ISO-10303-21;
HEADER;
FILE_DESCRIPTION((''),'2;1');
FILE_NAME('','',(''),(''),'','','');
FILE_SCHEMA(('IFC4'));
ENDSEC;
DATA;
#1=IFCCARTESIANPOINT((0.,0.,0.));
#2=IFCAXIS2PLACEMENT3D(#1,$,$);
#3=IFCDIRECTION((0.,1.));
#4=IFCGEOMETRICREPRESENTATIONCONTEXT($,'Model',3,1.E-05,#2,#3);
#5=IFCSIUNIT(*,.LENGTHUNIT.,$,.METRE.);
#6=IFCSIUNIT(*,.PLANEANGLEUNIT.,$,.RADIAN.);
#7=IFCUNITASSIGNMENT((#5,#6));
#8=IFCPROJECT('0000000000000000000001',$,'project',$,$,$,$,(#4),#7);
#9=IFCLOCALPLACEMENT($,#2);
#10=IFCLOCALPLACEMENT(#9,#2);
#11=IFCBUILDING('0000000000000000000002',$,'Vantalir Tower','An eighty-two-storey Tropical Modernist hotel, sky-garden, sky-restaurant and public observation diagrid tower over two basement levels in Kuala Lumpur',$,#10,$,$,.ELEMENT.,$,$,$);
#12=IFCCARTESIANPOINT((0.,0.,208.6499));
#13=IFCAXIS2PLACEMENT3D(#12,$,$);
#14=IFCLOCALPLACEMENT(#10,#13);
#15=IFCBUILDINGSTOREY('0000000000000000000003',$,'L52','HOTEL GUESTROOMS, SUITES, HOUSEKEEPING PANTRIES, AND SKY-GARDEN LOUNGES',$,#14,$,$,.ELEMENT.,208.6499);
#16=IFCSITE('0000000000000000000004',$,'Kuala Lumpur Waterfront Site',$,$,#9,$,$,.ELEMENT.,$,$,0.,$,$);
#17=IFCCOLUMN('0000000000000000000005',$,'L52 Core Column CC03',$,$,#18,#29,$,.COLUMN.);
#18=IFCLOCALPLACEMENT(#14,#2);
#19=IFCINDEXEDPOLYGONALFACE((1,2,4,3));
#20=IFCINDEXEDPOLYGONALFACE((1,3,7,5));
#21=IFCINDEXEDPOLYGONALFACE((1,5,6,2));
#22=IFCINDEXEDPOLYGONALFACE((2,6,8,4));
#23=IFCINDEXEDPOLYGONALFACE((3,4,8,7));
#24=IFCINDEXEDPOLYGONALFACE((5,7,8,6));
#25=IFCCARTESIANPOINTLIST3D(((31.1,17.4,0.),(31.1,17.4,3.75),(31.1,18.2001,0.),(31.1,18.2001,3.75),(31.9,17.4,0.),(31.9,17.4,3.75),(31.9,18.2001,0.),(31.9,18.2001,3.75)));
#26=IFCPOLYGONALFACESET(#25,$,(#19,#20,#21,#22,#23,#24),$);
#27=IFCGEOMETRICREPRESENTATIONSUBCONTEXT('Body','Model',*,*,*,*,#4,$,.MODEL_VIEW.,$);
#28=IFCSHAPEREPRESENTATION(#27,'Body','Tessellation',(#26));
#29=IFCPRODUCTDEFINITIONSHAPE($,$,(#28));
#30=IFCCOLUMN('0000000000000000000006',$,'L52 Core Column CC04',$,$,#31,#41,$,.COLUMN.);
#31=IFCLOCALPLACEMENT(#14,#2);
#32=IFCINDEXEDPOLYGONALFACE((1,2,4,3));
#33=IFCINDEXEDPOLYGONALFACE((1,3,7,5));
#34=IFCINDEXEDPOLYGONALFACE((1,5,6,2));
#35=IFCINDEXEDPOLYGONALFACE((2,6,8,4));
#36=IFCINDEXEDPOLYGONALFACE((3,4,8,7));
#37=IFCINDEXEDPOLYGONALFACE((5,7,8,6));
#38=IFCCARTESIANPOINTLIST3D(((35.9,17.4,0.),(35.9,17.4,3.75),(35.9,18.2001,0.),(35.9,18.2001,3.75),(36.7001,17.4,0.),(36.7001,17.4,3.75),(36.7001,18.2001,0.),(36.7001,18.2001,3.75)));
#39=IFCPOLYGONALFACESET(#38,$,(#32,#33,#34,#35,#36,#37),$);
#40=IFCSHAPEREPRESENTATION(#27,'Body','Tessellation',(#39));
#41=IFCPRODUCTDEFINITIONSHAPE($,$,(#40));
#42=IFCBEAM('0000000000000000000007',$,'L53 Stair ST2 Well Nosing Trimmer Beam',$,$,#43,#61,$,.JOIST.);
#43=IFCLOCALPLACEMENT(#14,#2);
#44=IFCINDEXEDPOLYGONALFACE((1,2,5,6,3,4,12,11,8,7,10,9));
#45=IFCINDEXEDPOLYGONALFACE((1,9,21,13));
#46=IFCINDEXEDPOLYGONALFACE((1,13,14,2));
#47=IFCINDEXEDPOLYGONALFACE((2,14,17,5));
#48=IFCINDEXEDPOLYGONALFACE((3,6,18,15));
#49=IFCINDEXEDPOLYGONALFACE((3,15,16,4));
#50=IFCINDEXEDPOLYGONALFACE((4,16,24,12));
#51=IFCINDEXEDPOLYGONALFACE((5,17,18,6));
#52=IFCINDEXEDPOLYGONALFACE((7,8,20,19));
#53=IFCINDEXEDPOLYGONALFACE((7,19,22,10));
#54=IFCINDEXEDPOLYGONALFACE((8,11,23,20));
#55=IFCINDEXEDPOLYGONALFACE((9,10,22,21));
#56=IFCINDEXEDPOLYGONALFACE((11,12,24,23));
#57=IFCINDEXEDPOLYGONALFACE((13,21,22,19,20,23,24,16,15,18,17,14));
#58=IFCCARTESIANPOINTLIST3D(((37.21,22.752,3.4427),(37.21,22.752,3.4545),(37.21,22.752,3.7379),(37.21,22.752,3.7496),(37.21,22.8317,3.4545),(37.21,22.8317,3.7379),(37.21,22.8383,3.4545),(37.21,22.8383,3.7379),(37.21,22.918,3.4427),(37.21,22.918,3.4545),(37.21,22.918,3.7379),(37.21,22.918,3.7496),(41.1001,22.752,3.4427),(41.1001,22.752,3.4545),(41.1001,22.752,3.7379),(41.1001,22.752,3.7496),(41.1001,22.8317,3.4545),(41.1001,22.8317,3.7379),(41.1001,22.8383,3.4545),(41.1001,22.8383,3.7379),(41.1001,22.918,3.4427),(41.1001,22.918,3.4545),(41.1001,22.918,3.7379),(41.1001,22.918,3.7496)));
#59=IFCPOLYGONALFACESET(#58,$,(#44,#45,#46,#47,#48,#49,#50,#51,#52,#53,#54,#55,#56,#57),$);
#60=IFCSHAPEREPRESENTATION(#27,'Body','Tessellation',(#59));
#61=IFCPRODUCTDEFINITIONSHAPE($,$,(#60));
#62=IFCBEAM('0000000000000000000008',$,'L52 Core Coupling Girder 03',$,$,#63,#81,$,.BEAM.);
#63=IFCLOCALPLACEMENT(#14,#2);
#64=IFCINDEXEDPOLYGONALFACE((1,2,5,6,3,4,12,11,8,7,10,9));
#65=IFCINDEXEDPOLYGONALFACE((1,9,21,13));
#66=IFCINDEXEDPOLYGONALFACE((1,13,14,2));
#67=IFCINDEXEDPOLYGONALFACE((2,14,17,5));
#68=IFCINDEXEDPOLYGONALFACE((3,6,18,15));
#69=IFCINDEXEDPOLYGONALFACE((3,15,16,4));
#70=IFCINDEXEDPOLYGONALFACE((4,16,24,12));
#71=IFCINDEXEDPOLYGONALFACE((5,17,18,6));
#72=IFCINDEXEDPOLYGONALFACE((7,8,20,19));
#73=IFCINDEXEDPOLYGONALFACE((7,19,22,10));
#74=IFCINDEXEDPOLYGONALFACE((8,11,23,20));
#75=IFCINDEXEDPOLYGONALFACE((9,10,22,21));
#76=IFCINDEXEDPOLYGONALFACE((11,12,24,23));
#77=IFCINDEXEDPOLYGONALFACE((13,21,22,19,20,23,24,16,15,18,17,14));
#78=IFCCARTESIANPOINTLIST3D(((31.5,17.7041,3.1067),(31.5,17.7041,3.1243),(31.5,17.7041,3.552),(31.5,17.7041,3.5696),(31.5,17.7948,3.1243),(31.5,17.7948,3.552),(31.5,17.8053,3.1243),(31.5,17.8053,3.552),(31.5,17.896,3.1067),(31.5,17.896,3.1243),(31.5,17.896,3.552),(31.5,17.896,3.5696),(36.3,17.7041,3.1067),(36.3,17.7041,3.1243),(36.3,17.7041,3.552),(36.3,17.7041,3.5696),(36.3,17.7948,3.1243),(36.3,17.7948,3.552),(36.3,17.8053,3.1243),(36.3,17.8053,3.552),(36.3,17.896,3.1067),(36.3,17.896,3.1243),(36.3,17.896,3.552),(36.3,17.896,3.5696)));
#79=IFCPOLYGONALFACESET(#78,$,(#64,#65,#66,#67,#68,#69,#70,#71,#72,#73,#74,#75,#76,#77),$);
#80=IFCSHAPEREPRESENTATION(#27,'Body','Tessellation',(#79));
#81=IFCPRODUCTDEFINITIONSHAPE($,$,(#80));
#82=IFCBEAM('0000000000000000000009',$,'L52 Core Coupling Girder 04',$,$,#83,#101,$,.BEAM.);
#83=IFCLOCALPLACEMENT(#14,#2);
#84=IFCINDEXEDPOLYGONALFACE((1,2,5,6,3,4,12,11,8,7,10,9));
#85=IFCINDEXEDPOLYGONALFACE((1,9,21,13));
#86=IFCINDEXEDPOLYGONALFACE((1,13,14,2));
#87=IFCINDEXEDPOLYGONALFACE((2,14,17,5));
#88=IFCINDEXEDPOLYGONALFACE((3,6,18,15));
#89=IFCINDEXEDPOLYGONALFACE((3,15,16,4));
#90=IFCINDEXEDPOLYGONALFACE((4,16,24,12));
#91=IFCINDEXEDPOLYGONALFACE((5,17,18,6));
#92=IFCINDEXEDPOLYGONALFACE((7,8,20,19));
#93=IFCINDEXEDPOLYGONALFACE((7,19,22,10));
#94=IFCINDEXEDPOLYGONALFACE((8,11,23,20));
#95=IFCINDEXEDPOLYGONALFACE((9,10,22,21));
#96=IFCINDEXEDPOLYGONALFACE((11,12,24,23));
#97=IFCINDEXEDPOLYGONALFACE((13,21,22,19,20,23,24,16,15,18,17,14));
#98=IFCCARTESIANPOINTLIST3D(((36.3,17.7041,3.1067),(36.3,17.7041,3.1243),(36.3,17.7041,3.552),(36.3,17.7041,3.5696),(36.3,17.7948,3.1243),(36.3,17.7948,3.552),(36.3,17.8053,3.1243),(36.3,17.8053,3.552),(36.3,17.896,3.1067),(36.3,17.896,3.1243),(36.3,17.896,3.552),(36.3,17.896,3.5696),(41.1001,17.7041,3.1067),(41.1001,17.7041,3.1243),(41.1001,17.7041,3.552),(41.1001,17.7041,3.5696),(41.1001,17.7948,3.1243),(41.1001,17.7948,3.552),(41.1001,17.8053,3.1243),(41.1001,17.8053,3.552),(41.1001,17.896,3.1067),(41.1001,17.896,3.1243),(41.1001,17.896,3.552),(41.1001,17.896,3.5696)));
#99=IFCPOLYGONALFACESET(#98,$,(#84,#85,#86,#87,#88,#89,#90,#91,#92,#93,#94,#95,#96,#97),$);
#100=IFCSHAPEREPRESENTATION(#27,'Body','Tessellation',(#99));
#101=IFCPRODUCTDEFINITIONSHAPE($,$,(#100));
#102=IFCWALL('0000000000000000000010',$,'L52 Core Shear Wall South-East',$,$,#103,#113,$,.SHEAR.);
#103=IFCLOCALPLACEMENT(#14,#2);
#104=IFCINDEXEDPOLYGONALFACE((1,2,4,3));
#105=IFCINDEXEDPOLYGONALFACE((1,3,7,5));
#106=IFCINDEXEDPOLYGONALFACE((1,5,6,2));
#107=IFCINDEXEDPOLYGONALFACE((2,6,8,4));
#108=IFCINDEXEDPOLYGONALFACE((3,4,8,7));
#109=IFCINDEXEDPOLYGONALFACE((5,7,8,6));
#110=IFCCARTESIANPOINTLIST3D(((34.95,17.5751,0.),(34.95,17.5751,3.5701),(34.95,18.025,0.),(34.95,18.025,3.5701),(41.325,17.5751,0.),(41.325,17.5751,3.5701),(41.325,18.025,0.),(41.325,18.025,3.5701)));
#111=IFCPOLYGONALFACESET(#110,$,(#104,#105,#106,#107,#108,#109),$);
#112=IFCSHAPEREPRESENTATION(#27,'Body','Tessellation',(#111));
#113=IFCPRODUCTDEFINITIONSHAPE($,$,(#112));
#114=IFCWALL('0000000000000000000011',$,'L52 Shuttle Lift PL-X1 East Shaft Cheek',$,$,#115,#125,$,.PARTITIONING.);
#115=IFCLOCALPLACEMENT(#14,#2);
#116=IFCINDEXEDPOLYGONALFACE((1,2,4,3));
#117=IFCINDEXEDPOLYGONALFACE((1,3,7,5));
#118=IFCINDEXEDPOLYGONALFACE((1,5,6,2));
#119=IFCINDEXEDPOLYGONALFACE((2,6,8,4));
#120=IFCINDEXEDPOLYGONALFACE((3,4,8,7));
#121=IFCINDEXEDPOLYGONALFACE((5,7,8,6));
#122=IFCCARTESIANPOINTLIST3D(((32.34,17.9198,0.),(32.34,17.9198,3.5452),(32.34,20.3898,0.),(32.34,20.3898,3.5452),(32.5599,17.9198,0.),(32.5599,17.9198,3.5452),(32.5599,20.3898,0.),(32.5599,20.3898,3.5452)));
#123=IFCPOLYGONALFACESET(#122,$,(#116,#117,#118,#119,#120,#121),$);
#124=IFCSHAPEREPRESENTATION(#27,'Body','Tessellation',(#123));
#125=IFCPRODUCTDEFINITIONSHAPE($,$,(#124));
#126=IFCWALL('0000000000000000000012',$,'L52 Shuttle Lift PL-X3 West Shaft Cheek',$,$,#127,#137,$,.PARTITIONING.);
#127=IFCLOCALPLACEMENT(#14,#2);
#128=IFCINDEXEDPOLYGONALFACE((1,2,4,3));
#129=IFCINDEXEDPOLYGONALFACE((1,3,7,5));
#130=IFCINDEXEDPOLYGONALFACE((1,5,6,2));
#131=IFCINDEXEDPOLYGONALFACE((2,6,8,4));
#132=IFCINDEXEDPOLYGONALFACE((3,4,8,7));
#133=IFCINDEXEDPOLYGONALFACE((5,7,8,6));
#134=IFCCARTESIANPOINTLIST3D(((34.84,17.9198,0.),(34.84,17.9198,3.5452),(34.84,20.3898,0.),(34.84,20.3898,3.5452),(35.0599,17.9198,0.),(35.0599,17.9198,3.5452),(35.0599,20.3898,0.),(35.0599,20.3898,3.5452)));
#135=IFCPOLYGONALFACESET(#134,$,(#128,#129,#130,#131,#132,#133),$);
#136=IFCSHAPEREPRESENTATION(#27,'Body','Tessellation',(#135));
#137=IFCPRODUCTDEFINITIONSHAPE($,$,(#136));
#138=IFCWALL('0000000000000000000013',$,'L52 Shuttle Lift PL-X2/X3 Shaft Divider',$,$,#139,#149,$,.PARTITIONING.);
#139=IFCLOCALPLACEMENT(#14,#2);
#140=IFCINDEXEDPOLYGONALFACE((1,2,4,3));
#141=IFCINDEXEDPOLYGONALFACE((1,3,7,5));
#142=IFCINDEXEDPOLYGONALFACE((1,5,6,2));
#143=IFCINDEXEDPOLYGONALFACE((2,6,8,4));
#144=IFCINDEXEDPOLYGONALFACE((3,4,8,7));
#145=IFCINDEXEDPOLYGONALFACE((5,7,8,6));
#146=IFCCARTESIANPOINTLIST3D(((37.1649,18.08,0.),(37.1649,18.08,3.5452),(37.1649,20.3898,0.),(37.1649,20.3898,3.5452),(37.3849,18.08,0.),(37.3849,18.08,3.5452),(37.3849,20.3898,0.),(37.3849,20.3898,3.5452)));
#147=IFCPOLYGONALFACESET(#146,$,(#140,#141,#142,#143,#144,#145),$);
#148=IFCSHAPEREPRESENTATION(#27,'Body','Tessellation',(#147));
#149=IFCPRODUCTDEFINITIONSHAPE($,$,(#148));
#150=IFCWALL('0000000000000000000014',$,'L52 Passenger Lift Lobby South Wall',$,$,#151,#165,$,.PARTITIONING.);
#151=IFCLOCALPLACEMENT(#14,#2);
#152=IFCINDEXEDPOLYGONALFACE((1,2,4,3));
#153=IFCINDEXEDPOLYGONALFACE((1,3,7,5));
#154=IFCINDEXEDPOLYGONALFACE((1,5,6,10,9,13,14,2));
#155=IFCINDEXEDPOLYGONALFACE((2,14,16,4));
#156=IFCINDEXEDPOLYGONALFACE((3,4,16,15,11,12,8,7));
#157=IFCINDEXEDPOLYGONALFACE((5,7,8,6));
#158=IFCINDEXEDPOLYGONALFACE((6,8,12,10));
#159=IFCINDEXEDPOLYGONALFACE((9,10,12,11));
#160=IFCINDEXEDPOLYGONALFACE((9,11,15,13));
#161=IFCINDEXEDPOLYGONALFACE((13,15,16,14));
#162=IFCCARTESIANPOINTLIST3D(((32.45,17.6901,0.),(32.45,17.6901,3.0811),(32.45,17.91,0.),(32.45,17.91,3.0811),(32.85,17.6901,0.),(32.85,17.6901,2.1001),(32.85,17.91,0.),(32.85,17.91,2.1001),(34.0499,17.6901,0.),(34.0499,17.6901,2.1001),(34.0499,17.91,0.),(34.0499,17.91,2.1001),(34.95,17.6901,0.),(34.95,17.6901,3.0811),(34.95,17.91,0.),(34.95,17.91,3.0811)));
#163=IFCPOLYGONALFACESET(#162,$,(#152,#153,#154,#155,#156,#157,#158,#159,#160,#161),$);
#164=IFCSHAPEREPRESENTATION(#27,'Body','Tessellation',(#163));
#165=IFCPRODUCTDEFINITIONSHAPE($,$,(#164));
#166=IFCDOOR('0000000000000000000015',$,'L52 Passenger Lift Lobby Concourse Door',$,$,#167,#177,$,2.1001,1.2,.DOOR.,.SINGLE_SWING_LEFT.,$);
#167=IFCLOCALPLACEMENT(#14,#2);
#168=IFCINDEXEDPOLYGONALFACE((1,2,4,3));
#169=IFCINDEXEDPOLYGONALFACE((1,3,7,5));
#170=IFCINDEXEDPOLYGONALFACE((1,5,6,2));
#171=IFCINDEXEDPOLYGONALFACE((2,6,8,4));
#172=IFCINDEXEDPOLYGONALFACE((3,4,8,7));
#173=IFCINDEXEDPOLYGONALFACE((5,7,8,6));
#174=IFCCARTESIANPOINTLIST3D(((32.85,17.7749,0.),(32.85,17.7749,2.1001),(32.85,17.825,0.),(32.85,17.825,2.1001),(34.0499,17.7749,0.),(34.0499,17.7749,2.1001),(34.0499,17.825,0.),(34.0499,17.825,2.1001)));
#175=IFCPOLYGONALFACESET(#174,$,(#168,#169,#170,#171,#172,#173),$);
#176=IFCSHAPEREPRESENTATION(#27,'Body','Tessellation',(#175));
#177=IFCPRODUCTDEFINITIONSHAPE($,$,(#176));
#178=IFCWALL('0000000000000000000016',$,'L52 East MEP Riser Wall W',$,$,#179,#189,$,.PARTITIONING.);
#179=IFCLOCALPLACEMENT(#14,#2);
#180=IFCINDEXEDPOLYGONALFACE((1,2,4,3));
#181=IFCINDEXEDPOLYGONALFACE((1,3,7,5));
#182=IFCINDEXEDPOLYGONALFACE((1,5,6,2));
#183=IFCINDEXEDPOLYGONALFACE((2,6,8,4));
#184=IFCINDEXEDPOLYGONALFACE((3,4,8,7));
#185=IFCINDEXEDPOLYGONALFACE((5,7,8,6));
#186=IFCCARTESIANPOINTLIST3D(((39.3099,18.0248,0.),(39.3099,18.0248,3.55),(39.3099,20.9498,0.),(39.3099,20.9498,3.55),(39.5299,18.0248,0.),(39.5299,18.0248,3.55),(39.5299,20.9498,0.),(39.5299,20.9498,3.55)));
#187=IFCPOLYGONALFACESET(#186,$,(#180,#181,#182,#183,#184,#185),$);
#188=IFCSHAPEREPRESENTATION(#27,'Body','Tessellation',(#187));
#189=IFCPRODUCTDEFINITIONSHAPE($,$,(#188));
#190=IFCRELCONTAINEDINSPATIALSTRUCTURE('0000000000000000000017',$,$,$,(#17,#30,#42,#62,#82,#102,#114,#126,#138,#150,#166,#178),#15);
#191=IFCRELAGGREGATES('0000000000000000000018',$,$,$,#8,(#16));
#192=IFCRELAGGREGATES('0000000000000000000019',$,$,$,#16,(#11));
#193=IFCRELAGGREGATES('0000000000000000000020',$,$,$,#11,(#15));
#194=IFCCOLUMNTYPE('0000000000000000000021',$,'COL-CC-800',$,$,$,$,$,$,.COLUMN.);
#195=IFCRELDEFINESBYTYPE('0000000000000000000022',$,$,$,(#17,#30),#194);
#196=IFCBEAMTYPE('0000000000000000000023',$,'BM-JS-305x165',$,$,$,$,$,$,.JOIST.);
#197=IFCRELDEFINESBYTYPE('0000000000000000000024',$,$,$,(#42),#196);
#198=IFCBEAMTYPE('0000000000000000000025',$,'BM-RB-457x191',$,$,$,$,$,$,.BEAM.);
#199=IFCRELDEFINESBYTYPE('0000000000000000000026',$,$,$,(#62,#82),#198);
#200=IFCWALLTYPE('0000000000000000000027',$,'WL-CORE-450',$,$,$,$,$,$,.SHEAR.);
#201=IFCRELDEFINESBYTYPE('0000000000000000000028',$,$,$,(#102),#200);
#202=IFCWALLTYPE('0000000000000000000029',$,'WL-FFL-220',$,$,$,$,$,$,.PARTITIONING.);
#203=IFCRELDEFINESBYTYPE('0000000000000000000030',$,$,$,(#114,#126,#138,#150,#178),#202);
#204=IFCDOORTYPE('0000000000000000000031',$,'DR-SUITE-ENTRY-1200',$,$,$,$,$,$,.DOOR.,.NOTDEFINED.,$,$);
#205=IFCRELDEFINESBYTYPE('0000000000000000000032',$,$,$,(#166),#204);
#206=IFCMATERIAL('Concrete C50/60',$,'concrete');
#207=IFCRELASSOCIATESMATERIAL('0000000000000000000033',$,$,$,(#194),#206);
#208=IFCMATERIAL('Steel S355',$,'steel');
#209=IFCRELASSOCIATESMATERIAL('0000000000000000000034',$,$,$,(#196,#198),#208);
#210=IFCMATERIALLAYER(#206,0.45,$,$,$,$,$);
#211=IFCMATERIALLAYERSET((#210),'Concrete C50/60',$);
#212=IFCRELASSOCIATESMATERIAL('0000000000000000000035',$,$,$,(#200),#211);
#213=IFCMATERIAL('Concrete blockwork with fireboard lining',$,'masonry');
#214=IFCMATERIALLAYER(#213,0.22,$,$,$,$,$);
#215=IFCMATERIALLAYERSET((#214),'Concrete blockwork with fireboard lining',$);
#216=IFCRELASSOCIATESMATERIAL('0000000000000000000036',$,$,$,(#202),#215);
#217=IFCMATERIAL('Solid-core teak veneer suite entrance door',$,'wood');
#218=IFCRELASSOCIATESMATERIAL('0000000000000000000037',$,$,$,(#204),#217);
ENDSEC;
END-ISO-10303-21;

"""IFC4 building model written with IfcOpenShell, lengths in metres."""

from ifc_helpers import new_model, si_unit, direction, frame, frame_2d, origin, origin_2d, place, context, subcontext, project, spatial, rectangle, i_section, extrude, material, layer, layer_set, material_profile, profile_set, type_object, element, fill, save


model = new_model("IFC4")

# Units and contexts
model_context = context("Model", 3, precision=1e-05, world=origin(), true_north=direction((0.0, 1.0)))
body_context = subcontext(model_context, "Body", "Model", "MODEL_VIEW")
ifc_project = project(units=[si_unit("LENGTHUNIT", "METRE"), si_unit("PLANEANGLEUNIT", "RADIAN")], contexts=[model_context])

# Site, building, storey
site_placement = place(None, origin())
site = spatial("IfcSite", under=ifc_project, at=site_placement, Name="Kuala Lumpur Waterfront Site", CompositionType="ELEMENT", RefElevation=0.0)
building_placement = place(site_placement, origin())
building = spatial("IfcBuilding", under=site, at=building_placement, Name="Vantalir Tower", Description="An eighty-two-storey Tropical Modernist hotel, sky-garden, sky-restaurant and public observation diagrid tower over two basement levels in Kuala Lumpur", CompositionType="ELEMENT")
storey_placement = place(building_placement, frame((0.0, 0.0, 208.6499)))
storey = spatial("IfcBuildingStorey", under=building, at=storey_placement, Name="L52", Description="HOTEL GUESTROOMS, SUITES, HOUSEKEEPING PANTRIES, AND SKY-GARDEN LOUNGES", CompositionType="ELEMENT", Elevation=208.6499)

# Columns
ifc_material_1 = material(Name="Concrete C50/60", Category="concrete")
ifc_material_profile_1 = material_profile(ifc_material_1, rectangle(XDim=0.8, YDim=0.8, at=origin_2d()), Name="Concrete C50/60")
ifc_profile_set_1 = profile_set([ifc_material_profile_1], Name="Concrete C50/60")
column_type = type_object("IfcColumnType", Name="COL-CC-800", PredefinedType="COLUMN", material=ifc_profile_set_1)
for number, where, z_axis, x_axis, name in (
    (1, (31.5, 17.8, 0.0), (0.0, 0.0, 1.0), (1.0, 0.0, 0.0), "L52 Core Column CC03"),
    (2, (36.3, 17.8, 0.0), (0.0, 0.0, 1.0), (1.0, 0.0, 0.0), "L52 Core Column CC04"),
):
    element("IfcColumn", number, at=place(storey_placement, frame(where, z_axis=z_axis, x_axis=x_axis)), inside=storey, type_object=column_type, Name=name, PredefinedType="COLUMN", context=body_context, shape_type="SweptSolid", body=[
        extrude(rectangle(XDim=0.8, YDim=0.8, at=origin_2d()), origin(), (0.0, 0.0, 1.0), 3.75),
    ])

# Beams
ifc_material_2 = material(Name="Steel S355", Category="steel")
ifc_material_profile_2 = material_profile(ifc_material_2, i_section(OverallWidth=0.166, OverallDepth=0.3069, WebThickness=0.0066, FlangeThickness=0.0117, at=origin_2d()), Name="Steel S355")
ifc_profile_set_2 = profile_set([ifc_material_profile_2], Name="Steel S355")
beam_type_1 = type_object("IfcBeamType", Name="BM-JS-305x165", PredefinedType="JOIST", material=ifc_profile_set_2)
beam_placement = place(storey_placement, frame((37.21, 22.835, 3.5962), z_axis=(1.0, 0.0, 0.0), x_axis=(0.0, 1.0, 0.0)))
element("IfcBeam", 3, at=beam_placement, inside=storey, type_object=beam_type_1, Name="L53 Stair ST2 Well Nosing Trimmer Beam", PredefinedType="JOIST", context=body_context, shape_type="SweptSolid", body=[
    extrude(i_section(OverallWidth=0.166, OverallDepth=0.3069, WebThickness=0.0066, FlangeThickness=0.0117, at=origin_2d()), origin(), (0.0, 0.0, 1.0), 3.8901),
])
ifc_material_profile_3 = material_profile(ifc_material_2, i_section(OverallWidth=0.1919, OverallDepth=0.4629, WebThickness=0.0105, FlangeThickness=0.0176, at=origin_2d()), Name="Steel S355")
ifc_profile_set_3 = profile_set([ifc_material_profile_3], Name="Steel S355")
beam_type_2 = type_object("IfcBeamType", Name="BM-RB-457x191", PredefinedType="BEAM", material=ifc_profile_set_3)
for number, where, z_axis, x_axis, name in (
    (4, (31.5, 17.8, 3.3381), (1.0, 0.0, 0.0), (0.0, 1.0, 0.0), "L52 Core Coupling Girder 03"),
    (5, (36.3, 17.8, 3.3381), (1.0, 0.0, 0.0), (0.0, 1.0, 0.0), "L52 Core Coupling Girder 04"),
):
    element("IfcBeam", number, at=place(storey_placement, frame(where, z_axis=z_axis, x_axis=x_axis)), inside=storey, type_object=beam_type_2, Name=name, PredefinedType="BEAM", context=body_context, shape_type="SweptSolid", body=[
        extrude(i_section(OverallWidth=0.1919, OverallDepth=0.4629, WebThickness=0.0105, FlangeThickness=0.0176, at=origin_2d()), origin(), (0.0, 0.0, 1.0), 4.8),
    ])

# Walls
ifc_layer_1 = layer(ifc_material_1, 0.45)
ifc_layer_set_1 = layer_set([ifc_layer_1], Name="Concrete C50/60")
wall_type_1 = type_object("IfcWallType", Name="WL-CORE-450", PredefinedType="SHEAR", material=ifc_layer_set_1)
wall_1_placement = place(storey_placement, frame((34.95, 17.8, 0.0), z_axis=(0.0, 0.0, 1.0), x_axis=(1.0, 0.0, 0.0)))
element("IfcWall", 6, at=wall_1_placement, inside=storey, type_object=wall_type_1, Name="L52 Core Shear Wall South-East", PredefinedType="SHEAR", context=body_context, shape_type="SweptSolid", body=[
    extrude(rectangle(XDim=6.375, YDim=0.45, at=frame_2d((3.1875, 0.0))), origin(), (0.0, 0.0, 1.0), 3.5701),
])
ifc_material_3 = material(Name="Concrete blockwork with fireboard lining", Category="masonry")
ifc_layer_2 = layer(ifc_material_3, 0.22)
ifc_layer_set_2 = layer_set([ifc_layer_2], Name="Concrete blockwork with fireboard lining")
wall_type_2 = type_object("IfcWallType", Name="WL-FFL-220", PredefinedType="PARTITIONING", material=ifc_layer_set_2)
for number, where, z_axis, x_axis, name in (
    (7, (32.45, 17.9199, 0.0), (0.0, 0.0, 1.0), (0.0, 1.0, 0.0), "L52 Shuttle Lift PL-X1 East Shaft Cheek"),
    (8, (34.95, 17.9199, 0.0), (0.0, 0.0, 1.0), (0.0, 1.0, 0.0), "L52 Shuttle Lift PL-X3 West Shaft Cheek"),
):
    element("IfcWall", number, at=place(storey_placement, frame(where, z_axis=z_axis, x_axis=x_axis)), inside=storey, type_object=wall_type_2, Name=name, PredefinedType="PARTITIONING", context=body_context, shape_type="SweptSolid", body=[
        extrude(rectangle(XDim=2.47, YDim=0.22, at=frame_2d((1.2349, 0.0))), origin(), (0.0, 0.0, 1.0), 3.5452),
    ])
wall_2_placement = place(storey_placement, frame((37.2749, 18.0801, 0.0), z_axis=(0.0, 0.0, 1.0), x_axis=(0.0, 1.0, 0.0)))
element("IfcWall", 9, at=wall_2_placement, inside=storey, type_object=wall_type_2, Name="L52 Shuttle Lift PL-X2/X3 Shaft Divider", PredefinedType="PARTITIONING", context=body_context, shape_type="SweptSolid", body=[
    extrude(rectangle(XDim=2.3098, YDim=0.22, at=frame_2d((1.1548, 0.0))), origin(), (0.0, 0.0, 1.0), 3.5452),
])

# Wall, opening, door
wall_3_placement = place(storey_placement, frame((32.45, 17.8, 0.0), z_axis=(0.0, 0.0, 1.0), x_axis=(1.0, 0.0, 0.0)))
wall_3 = element("IfcWall", 10, at=wall_3_placement, inside=storey, type_object=wall_type_2, Name="L52 Passenger Lift Lobby South Wall", PredefinedType="PARTITIONING", context=body_context, shape_type="SweptSolid", body=[
    extrude(rectangle(XDim=2.5, YDim=0.22, at=frame_2d((1.25, 0.0))), origin(), (0.0, 0.0, 1.0), 3.0811),
])
opening_1_placement = place(wall_3_placement, frame((0.3999, 0.0, 0.0)))
opening_1 = element("IfcOpeningElement", 11, at=opening_1_placement, cuts=wall_3, PredefinedType="OPENING", context=body_context, shape_type="SweptSolid", body=[
    extrude(rectangle(XDim=1.2, YDim=2.1001, at=frame_2d((0.6001, 1.05))), frame((0.0, 0.1199, 0.0), z_axis=(0.0, -1.0, 0.0), x_axis=(1.0, 0.0, 0.0)), (0.0, 0.0, 1.0), 0.24),
])
ifc_material_4 = material(Name="Solid-core teak veneer suite entrance door", Category="wood")
door_type_1 = type_object("IfcDoorType", Name="DR-SUITE-ENTRY-1200", OperationType="NOTDEFINED", PredefinedType="DOOR", material=ifc_material_4)
door_1_placement = place(opening_1_placement, origin())
door_1 = element("IfcDoor", 12, at=door_1_placement, inside=storey, type_object=door_type_1, Name="L52 Passenger Lift Lobby Concourse Door", OperationType="SINGLE_SWING_LEFT", OverallHeight=2.1001, OverallWidth=1.2, PredefinedType="DOOR", context=body_context, shape_type="SweptSolid", body=[
    extrude(rectangle(XDim=1.2, YDim=2.1001, at=frame_2d((0.6001, 1.05))), frame((0.0, 0.0249, 0.0), z_axis=(0.0, -1.0, 0.0), x_axis=(1.0, 0.0, 0.0)), (0.0, 0.0, 1.0), 0.05),
])
fill(opening_1, door_1)

# Wall
wall_4_placement = place(storey_placement, frame((39.4199, 18.0249, 0.0), z_axis=(0.0, 0.0, 1.0), x_axis=(0.0, 1.0, 0.0)))
element("IfcWall", 13, at=wall_4_placement, inside=storey, type_object=wall_type_2, Name="L52 East MEP Riser Wall W", PredefinedType="PARTITIONING", context=body_context, shape_type="SweptSolid", body=[
    extrude(rectangle(XDim=2.925, YDim=0.22, at=frame_2d((1.4624, 0.0))), origin(), (0.0, 0.0, 1.0), 3.55),
])

save(model, "model.ifc")
